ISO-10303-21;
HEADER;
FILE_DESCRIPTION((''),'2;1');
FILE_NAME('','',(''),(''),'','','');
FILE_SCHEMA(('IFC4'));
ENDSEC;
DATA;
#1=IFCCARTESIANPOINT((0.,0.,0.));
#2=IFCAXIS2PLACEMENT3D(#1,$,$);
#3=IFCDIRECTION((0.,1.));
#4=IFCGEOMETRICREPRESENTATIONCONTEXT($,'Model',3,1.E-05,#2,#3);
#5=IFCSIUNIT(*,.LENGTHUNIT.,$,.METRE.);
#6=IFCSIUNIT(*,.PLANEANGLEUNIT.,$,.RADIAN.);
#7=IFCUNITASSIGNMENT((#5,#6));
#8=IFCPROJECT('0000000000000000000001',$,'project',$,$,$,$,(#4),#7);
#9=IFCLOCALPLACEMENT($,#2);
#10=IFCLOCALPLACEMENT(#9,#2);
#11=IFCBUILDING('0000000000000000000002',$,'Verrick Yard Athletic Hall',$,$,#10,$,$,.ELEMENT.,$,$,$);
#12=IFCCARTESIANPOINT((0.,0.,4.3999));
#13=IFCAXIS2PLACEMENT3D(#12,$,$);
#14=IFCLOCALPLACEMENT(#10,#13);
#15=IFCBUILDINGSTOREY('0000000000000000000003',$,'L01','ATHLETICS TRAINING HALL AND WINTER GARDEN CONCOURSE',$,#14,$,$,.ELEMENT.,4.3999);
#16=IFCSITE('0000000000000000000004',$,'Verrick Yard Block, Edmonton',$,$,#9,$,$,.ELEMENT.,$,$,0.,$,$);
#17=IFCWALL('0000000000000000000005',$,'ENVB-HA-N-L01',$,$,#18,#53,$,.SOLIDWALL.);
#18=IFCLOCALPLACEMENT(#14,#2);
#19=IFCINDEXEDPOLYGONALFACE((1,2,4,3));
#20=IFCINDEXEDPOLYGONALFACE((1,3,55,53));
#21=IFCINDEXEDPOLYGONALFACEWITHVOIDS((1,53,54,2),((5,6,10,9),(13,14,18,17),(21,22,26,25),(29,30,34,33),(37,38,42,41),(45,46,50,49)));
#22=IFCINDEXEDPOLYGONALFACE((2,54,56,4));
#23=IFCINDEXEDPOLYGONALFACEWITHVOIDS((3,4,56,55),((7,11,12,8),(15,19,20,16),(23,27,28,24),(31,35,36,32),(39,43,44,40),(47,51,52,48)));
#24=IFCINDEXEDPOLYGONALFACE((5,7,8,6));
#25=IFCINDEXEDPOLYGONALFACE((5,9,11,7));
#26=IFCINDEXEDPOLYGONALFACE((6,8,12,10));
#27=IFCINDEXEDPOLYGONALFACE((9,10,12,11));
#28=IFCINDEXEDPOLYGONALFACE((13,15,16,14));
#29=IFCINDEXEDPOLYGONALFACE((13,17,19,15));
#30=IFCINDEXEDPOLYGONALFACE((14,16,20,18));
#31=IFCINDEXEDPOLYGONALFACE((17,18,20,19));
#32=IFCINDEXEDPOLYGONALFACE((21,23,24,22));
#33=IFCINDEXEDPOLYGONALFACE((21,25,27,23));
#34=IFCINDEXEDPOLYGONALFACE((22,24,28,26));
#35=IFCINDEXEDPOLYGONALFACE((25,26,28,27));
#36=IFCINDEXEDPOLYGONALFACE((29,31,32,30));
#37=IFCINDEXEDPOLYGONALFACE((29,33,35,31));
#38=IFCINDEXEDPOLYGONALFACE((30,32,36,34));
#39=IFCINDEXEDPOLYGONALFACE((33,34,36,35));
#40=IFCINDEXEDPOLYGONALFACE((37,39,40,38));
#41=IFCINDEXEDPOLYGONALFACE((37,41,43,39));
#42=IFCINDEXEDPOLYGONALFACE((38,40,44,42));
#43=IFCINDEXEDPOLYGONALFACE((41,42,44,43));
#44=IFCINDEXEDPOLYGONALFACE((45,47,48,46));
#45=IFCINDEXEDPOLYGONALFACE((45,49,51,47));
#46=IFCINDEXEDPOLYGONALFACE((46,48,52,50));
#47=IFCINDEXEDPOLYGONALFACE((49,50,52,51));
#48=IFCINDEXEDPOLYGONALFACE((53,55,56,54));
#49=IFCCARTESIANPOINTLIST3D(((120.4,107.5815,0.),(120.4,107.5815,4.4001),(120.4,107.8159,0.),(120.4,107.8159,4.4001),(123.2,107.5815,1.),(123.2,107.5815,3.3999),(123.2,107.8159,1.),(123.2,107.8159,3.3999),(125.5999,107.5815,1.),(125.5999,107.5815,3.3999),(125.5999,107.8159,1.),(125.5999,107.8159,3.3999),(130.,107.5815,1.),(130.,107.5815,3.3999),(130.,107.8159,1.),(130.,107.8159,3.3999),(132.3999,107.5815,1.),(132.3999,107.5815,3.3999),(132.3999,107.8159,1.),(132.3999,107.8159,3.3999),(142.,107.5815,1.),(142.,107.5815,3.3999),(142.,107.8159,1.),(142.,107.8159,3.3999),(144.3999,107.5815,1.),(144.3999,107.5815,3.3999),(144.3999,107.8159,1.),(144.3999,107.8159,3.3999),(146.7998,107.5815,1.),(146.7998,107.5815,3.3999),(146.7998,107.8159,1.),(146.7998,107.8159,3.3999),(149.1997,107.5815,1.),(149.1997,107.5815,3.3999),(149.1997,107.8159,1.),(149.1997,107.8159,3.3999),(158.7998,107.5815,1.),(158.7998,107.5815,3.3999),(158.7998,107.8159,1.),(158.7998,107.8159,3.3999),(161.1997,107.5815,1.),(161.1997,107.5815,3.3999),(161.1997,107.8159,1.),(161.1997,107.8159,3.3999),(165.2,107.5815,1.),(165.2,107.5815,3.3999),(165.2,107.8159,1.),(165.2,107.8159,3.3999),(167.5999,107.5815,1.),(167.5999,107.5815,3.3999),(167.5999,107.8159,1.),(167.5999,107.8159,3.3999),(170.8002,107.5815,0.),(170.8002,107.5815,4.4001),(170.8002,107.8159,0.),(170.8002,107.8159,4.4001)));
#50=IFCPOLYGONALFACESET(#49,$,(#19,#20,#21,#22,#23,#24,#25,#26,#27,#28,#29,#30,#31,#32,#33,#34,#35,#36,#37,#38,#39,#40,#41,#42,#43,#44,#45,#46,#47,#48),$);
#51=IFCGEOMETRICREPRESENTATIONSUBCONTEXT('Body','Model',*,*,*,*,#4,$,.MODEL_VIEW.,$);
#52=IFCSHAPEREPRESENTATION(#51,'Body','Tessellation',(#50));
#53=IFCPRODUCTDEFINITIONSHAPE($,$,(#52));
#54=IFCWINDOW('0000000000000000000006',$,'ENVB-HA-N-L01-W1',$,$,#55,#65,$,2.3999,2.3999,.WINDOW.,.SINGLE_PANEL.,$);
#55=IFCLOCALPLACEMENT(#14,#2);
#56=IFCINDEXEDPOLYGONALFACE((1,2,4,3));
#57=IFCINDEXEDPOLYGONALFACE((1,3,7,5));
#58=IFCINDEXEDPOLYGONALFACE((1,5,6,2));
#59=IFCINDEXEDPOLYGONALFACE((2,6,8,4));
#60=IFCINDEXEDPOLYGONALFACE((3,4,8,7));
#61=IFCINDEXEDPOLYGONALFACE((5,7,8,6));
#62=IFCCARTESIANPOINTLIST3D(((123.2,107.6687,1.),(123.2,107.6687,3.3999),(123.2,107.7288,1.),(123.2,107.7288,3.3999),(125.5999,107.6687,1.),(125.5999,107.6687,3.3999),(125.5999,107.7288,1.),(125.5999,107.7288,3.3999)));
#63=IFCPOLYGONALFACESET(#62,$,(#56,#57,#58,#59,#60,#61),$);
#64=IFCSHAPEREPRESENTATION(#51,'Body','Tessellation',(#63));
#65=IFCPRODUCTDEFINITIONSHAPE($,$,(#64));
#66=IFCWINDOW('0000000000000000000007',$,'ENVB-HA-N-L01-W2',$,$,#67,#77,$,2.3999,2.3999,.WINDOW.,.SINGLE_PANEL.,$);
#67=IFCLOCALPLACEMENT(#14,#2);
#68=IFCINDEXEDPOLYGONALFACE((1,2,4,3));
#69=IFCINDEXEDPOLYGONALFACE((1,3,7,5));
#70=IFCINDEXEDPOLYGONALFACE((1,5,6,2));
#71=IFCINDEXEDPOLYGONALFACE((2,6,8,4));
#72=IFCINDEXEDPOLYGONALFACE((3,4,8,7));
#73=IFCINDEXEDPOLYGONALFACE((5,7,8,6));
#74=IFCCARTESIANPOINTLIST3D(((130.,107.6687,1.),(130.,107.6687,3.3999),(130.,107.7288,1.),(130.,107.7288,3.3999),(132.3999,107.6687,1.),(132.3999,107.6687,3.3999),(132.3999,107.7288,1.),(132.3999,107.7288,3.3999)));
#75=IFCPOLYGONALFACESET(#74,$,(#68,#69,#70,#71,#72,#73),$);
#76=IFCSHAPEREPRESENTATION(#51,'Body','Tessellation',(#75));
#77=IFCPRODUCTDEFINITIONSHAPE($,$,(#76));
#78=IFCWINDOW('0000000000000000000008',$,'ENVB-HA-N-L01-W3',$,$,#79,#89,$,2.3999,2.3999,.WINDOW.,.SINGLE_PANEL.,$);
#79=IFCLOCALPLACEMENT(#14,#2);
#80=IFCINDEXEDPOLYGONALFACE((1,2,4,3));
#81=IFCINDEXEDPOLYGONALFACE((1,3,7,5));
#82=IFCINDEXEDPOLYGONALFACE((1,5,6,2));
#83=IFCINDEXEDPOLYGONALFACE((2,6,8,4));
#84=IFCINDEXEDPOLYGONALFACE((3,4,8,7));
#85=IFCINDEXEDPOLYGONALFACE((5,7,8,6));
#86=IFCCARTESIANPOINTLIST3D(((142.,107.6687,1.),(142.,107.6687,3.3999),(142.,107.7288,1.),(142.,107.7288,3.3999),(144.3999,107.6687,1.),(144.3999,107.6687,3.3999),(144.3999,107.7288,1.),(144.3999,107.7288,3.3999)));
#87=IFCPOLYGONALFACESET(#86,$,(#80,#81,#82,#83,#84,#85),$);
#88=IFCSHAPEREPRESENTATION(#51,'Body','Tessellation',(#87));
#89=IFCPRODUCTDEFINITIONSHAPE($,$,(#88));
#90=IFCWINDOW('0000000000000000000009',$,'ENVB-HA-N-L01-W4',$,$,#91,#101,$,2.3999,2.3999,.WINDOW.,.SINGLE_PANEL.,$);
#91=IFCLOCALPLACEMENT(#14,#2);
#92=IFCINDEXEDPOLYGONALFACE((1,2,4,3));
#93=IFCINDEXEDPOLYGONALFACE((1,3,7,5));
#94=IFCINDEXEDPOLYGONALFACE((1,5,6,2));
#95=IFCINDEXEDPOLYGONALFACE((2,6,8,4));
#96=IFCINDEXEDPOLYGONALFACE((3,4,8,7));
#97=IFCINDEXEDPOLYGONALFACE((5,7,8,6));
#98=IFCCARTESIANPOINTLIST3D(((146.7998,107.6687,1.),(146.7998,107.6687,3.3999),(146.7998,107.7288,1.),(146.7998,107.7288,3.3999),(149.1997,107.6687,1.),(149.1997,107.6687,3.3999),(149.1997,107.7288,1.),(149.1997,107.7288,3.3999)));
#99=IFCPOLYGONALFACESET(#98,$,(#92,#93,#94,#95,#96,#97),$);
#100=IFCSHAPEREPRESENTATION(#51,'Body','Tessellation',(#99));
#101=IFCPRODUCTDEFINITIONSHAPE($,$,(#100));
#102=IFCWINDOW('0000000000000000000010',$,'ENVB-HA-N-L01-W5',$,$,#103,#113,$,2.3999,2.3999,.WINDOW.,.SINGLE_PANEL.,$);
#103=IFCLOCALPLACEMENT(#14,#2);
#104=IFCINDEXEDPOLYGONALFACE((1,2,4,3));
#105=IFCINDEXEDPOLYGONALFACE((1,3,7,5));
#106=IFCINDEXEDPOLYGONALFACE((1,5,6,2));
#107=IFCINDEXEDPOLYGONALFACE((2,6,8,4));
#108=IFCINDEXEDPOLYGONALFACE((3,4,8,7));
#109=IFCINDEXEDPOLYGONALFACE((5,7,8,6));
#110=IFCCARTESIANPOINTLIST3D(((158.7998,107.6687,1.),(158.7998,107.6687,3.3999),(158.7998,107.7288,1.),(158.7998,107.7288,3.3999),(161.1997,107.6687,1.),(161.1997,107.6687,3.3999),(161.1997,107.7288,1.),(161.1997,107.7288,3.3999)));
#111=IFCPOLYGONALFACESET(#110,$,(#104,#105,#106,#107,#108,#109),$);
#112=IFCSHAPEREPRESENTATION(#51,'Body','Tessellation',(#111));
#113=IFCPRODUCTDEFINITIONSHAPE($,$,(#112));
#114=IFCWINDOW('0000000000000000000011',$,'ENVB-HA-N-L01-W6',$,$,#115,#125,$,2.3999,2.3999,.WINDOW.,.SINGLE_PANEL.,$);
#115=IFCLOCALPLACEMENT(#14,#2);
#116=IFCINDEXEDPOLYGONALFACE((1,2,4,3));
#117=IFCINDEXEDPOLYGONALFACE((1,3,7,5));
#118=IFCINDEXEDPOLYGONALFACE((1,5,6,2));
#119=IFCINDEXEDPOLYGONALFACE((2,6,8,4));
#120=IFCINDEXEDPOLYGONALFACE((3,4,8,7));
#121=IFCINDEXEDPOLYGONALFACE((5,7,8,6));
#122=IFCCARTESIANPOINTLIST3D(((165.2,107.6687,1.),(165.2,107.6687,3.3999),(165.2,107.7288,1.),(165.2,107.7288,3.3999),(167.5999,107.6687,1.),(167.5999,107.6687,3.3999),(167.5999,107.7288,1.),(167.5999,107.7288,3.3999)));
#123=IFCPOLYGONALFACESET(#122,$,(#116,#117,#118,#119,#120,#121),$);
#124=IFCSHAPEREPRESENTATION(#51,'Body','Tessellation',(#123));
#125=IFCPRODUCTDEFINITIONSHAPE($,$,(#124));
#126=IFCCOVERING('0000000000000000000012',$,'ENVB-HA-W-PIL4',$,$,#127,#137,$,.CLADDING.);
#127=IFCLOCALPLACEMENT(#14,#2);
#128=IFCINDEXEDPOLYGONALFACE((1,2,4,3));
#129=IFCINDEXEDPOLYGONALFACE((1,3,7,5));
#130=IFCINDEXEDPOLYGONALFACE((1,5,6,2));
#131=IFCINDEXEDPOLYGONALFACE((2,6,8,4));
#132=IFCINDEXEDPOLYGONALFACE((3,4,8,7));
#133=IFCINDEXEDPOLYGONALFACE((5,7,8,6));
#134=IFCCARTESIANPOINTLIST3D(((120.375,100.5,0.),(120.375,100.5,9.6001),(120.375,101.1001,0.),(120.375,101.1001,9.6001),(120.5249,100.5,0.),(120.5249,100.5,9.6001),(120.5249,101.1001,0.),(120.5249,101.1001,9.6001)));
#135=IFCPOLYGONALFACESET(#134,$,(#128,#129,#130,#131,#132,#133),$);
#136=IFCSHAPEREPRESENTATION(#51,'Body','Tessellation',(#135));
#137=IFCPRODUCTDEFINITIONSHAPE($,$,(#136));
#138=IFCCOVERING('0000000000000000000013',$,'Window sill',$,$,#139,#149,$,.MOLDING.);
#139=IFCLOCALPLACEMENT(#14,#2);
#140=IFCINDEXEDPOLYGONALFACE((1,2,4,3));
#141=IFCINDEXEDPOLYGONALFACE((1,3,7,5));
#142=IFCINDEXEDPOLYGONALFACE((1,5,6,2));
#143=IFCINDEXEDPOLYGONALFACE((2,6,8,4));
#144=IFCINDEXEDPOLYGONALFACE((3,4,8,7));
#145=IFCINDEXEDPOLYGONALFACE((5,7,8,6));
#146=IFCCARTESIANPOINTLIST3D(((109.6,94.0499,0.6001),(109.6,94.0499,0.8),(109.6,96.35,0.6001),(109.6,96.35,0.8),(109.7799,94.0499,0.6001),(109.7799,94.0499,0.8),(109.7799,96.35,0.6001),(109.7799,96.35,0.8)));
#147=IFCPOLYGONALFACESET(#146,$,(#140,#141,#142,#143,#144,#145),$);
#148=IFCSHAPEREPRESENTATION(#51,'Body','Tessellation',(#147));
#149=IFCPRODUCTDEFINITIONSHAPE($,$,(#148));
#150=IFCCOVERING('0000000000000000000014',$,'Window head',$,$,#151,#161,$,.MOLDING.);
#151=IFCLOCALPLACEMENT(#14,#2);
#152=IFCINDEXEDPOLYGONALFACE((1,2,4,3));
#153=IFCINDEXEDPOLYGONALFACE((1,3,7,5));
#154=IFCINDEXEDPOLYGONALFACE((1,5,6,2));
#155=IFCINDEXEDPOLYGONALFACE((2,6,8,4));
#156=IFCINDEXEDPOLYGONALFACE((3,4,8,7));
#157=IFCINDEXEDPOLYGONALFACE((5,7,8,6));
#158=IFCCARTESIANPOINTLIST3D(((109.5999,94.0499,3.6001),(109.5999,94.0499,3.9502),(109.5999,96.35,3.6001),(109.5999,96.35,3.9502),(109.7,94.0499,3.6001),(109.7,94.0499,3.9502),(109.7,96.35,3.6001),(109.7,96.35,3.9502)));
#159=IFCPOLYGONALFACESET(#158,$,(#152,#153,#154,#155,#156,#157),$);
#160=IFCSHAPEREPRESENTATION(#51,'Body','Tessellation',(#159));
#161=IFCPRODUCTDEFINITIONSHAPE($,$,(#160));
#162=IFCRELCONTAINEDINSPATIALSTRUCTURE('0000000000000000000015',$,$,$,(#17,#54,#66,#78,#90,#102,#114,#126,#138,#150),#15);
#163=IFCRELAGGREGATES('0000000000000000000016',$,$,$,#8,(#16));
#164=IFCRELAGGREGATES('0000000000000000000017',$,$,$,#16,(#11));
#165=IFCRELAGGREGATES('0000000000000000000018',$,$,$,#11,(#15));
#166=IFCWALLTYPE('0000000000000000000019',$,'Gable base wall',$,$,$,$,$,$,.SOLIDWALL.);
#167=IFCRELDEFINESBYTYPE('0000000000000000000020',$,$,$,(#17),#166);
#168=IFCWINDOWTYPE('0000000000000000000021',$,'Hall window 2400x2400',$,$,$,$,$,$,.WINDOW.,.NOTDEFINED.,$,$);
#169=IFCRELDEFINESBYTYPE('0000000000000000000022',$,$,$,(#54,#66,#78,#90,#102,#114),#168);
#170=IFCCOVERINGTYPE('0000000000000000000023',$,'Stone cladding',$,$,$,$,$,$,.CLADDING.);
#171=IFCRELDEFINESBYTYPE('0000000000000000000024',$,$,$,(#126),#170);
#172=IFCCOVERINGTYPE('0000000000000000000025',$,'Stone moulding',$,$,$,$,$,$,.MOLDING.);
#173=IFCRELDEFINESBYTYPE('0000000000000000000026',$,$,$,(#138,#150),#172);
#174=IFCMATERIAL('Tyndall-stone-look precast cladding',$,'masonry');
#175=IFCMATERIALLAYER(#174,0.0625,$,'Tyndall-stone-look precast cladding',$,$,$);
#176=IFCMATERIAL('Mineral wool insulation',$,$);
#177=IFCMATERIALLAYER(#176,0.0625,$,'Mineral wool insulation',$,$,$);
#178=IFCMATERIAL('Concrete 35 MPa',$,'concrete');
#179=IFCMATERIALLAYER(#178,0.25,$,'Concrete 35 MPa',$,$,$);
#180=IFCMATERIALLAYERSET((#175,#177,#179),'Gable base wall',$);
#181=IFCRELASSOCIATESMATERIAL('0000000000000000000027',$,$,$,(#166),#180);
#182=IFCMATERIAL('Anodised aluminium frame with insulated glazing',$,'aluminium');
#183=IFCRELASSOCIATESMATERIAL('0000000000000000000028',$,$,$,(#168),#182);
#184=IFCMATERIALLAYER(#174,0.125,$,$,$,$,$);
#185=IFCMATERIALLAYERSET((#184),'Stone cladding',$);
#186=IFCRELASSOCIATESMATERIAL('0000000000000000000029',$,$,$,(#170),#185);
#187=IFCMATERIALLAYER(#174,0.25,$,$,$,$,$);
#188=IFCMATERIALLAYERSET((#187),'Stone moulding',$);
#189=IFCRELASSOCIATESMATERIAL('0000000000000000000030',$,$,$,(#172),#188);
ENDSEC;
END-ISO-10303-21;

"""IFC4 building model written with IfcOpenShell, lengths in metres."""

from ifc_helpers import new_model, si_unit, direction, frame, frame_2d, origin, origin_2d, place, context, subcontext, project, spatial, rectangle, extrude, material, layer, layer_set, type_object, element, fill, save


model = new_model("IFC4")

# Units and contexts
model_context = context("Model", 3, precision=1e-05, world=origin(), true_north=direction((0.0, 1.0)))
body_context = subcontext(model_context, "Body", "Model", "MODEL_VIEW")
ifc_project = project(units=[si_unit("LENGTHUNIT", "METRE"), si_unit("PLANEANGLEUNIT", "RADIAN")], contexts=[model_context])

# Site, building, storey
site_placement = place(None, origin())
site = spatial("IfcSite", under=ifc_project, at=site_placement, Name="Verrick Yard Block, Edmonton", CompositionType="ELEMENT", RefElevation=0.0)
building_placement = place(site_placement, origin())
building = spatial("IfcBuilding", under=site, at=building_placement, Name="Verrick Yard Athletic Hall", CompositionType="ELEMENT")
storey_placement = place(building_placement, frame((0.0, 0.0, 4.3999)))
storey = spatial("IfcBuildingStorey", under=building, at=storey_placement, Name="L01", Description="ATHLETICS TRAINING HALL AND WINTER GARDEN CONCOURSE", CompositionType="ELEMENT", Elevation=4.3999)

# Wall, openings, windows
ifc_material_1 = material(Name="Tyndall-stone-look precast cladding", Category="masonry")
ifc_layer_1 = layer(ifc_material_1, 0.0625, Name="Tyndall-stone-look precast cladding")
ifc_material_2 = material(Name="Mineral wool insulation")
ifc_layer_2 = layer(ifc_material_2, 0.0625, Name="Mineral wool insulation")
ifc_material_3 = material(Name="Concrete 35 MPa", Category="concrete")
ifc_layer_3 = layer(ifc_material_3, 0.25, Name="Concrete 35 MPa")
ifc_layer_set_1 = layer_set([ifc_layer_1, ifc_layer_2, ifc_layer_3], Name="Gable base wall")
wall_type = type_object("IfcWallType", Name="Gable base wall", PredefinedType="SOLIDWALL", material=ifc_layer_set_1)
wall_placement = place(storey_placement, frame((120.3999, 107.6987, 0.0), z_axis=(0.0, 0.0, 1.0), x_axis=(1.0, 0.0, 0.0)))
wall = element("IfcWall", 1, at=wall_placement, inside=storey, type_object=wall_type, Name="ENVB-HA-N-L01", PredefinedType="SOLIDWALL", context=body_context, shape_type="SweptSolid", body=[
    extrude(rectangle(XDim=50.4001, YDim=0.2344, at=frame_2d((25.2002, 0.0))), origin(), (0.0, 0.0, 1.0), 4.4001),
])
opening_1_placement = place(wall_placement, frame((2.8, 0.0, 1.0)))
opening_1 = element("IfcOpeningElement", 2, at=opening_1_placement, cuts=wall, PredefinedType="OPENING", context=body_context, shape_type="SweptSolid", body=[
    extrude(rectangle(XDim=2.3999, YDim=2.3999, at=frame_2d((1.2, 1.2))), frame((0.0, 0.1272, 0.0), z_axis=(0.0, -1.0, 0.0), x_axis=(1.0, 0.0, 0.0)), (0.0, 0.0, 1.0), 0.2544),
])
opening_2_placement = place(wall_placement, frame((9.6001, 0.0, 1.0)))
opening_2 = element("IfcOpeningElement", 3, at=opening_2_placement, cuts=wall, PredefinedType="OPENING", context=body_context, shape_type="SweptSolid", body=[
    extrude(rectangle(XDim=2.3999, YDim=2.3999, at=frame_2d((1.2, 1.2))), frame((0.0, 0.1272, 0.0), z_axis=(0.0, -1.0, 0.0), x_axis=(1.0, 0.0, 0.0)), (0.0, 0.0, 1.0), 0.2544),
])
opening_3_placement = place(wall_placement, frame((21.6001, 0.0, 1.0)))
opening_3 = element("IfcOpeningElement", 4, at=opening_3_placement, cuts=wall, PredefinedType="OPENING", context=body_context, shape_type="SweptSolid", body=[
    extrude(rectangle(XDim=2.3999, YDim=2.3999, at=frame_2d((1.2, 1.2))), frame((0.0, 0.1272, 0.0), z_axis=(0.0, -1.0, 0.0), x_axis=(1.0, 0.0, 0.0)), (0.0, 0.0, 1.0), 0.2544),
])
opening_4_placement = place(wall_placement, frame((26.3999, 0.0, 1.0)))
opening_4 = element("IfcOpeningElement", 5, at=opening_4_placement, cuts=wall, PredefinedType="OPENING", context=body_context, shape_type="SweptSolid", body=[
    extrude(rectangle(XDim=2.3999, YDim=2.3999, at=frame_2d((1.2, 1.2))), frame((0.0, 0.1272, 0.0), z_axis=(0.0, -1.0, 0.0), x_axis=(1.0, 0.0, 0.0)), (0.0, 0.0, 1.0), 0.2544),
])
opening_5_placement = place(wall_placement, frame((38.3999, 0.0, 1.0)))
opening_5 = element("IfcOpeningElement", 6, at=opening_5_placement, cuts=wall, PredefinedType="OPENING", context=body_context, shape_type="SweptSolid", body=[
    extrude(rectangle(XDim=2.3999, YDim=2.3999, at=frame_2d((1.2, 1.2))), frame((0.0, 0.1272, 0.0), z_axis=(0.0, -1.0, 0.0), x_axis=(1.0, 0.0, 0.0)), (0.0, 0.0, 1.0), 0.2544),
])
opening_6_placement = place(wall_placement, frame((44.8, 0.0, 1.0)))
opening_6 = element("IfcOpeningElement", 7, at=opening_6_placement, cuts=wall, PredefinedType="OPENING", context=body_context, shape_type="SweptSolid", body=[
    extrude(rectangle(XDim=2.3999, YDim=2.3999, at=frame_2d((1.2, 1.2))), frame((0.0, 0.1272, 0.0), z_axis=(0.0, -1.0, 0.0), x_axis=(1.0, 0.0, 0.0)), (0.0, 0.0, 1.0), 0.2544),
])
ifc_material_4 = material(Name="Anodised aluminium frame with insulated glazing", Category="aluminium")
window_type = type_object("IfcWindowType", Name="Hall window 2400x2400", PartitioningType="NOTDEFINED", PredefinedType="WINDOW", material=ifc_material_4)
window_1_placement = place(opening_1_placement, origin())
window_1 = element("IfcWindow", 8, at=window_1_placement, inside=storey, type_object=window_type, Name="ENVB-HA-N-L01-W1", OverallHeight=2.3999, OverallWidth=2.3999, PartitioningType="SINGLE_PANEL", PredefinedType="WINDOW", context=body_context, shape_type="SweptSolid", body=[
    extrude(rectangle(XDim=2.3999, YDim=2.3999, at=frame_2d((1.2, 1.2))), frame((0.0, 0.03, 0.0), z_axis=(0.0, -1.0, 0.0), x_axis=(1.0, 0.0, 0.0)), (0.0, 0.0, 1.0), 0.0601),
])
fill(opening_1, window_1)
window_2_placement = place(opening_2_placement, origin())
window_2 = element("IfcWindow", 9, at=window_2_placement, inside=storey, type_object=window_type, Name="ENVB-HA-N-L01-W2", OverallHeight=2.3999, OverallWidth=2.3999, PartitioningType="SINGLE_PANEL", PredefinedType="WINDOW", context=body_context, shape_type="SweptSolid", body=[
    extrude(rectangle(XDim=2.3999, YDim=2.3999, at=frame_2d((1.2, 1.2))), frame((0.0, 0.03, 0.0), z_axis=(0.0, -1.0, 0.0), x_axis=(1.0, 0.0, 0.0)), (0.0, 0.0, 1.0), 0.0601),
])
fill(opening_2, window_2)
window_3_placement = place(opening_3_placement, origin())
window_3 = element("IfcWindow", 10, at=window_3_placement, inside=storey, type_object=window_type, Name="ENVB-HA-N-L01-W3", OverallHeight=2.3999, OverallWidth=2.3999, PartitioningType="SINGLE_PANEL", PredefinedType="WINDOW", context=body_context, shape_type="SweptSolid", body=[
    extrude(rectangle(XDim=2.3999, YDim=2.3999, at=frame_2d((1.2, 1.2))), frame((0.0, 0.03, 0.0), z_axis=(0.0, -1.0, 0.0), x_axis=(1.0, 0.0, 0.0)), (0.0, 0.0, 1.0), 0.0601),
])
fill(opening_3, window_3)
window_4_placement = place(opening_4_placement, origin())
window_4 = element("IfcWindow", 11, at=window_4_placement, inside=storey, type_object=window_type, Name="ENVB-HA-N-L01-W4", OverallHeight=2.3999, OverallWidth=2.3999, PartitioningType="SINGLE_PANEL", PredefinedType="WINDOW", context=body_context, shape_type="SweptSolid", body=[
    extrude(rectangle(XDim=2.3999, YDim=2.3999, at=frame_2d((1.2, 1.2))), frame((0.0, 0.03, 0.0), z_axis=(0.0, -1.0, 0.0), x_axis=(1.0, 0.0, 0.0)), (0.0, 0.0, 1.0), 0.0601),
])
fill(opening_4, window_4)
window_5_placement = place(opening_5_placement, origin())
window_5 = element("IfcWindow", 12, at=window_5_placement, inside=storey, type_object=window_type, Name="ENVB-HA-N-L01-W5", OverallHeight=2.3999, OverallWidth=2.3999, PartitioningType="SINGLE_PANEL", PredefinedType="WINDOW", context=body_context, shape_type="SweptSolid", body=[
    extrude(rectangle(XDim=2.3999, YDim=2.3999, at=frame_2d((1.2, 1.2))), frame((0.0, 0.03, 0.0), z_axis=(0.0, -1.0, 0.0), x_axis=(1.0, 0.0, 0.0)), (0.0, 0.0, 1.0), 0.0601),
])
fill(opening_5, window_5)
window_6_placement = place(opening_6_placement, origin())
window_6 = element("IfcWindow", 13, at=window_6_placement, inside=storey, type_object=window_type, Name="ENVB-HA-N-L01-W6", OverallHeight=2.3999, OverallWidth=2.3999, PartitioningType="SINGLE_PANEL", PredefinedType="WINDOW", context=body_context, shape_type="SweptSolid", body=[
    extrude(rectangle(XDim=2.3999, YDim=2.3999, at=frame_2d((1.2, 1.2))), frame((0.0, 0.03, 0.0), z_axis=(0.0, -1.0, 0.0), x_axis=(1.0, 0.0, 0.0)), (0.0, 0.0, 1.0), 0.0601),
])
fill(opening_6, window_6)

# Coverings
ifc_layer_4 = layer(ifc_material_1, 0.125)
ifc_layer_set_2 = layer_set([ifc_layer_4], Name="Stone cladding")
covering_type_1 = type_object("IfcCoveringType", Name="Stone cladding", PredefinedType="CLADDING", material=ifc_layer_set_2)
covering_1_placement = place(storey_placement, frame((120.45, 100.8, 0.0), z_axis=(0.0, 0.0, 1.0), x_axis=(1.0, 0.0, 0.0)))
element("IfcCovering", 14, at=covering_1_placement, inside=storey, type_object=covering_type_1, Name="ENVB-HA-W-PIL4", PredefinedType="CLADDING", context=body_context, shape_type="SweptSolid", body=[
    extrude(rectangle(XDim=0.1499, YDim=0.6001, at=origin_2d()), origin(), (0.0, 0.0, 1.0), 9.6001),
])
ifc_layer_5 = layer(ifc_material_1, 0.25)
ifc_layer_set_3 = layer_set([ifc_layer_5], Name="Stone moulding")
covering_type_2 = type_object("IfcCoveringType", Name="Stone moulding", PredefinedType="MOLDING", material=ifc_layer_set_3)
covering_2_placement = place(storey_placement, frame((109.6899, 95.2, 0.6001), z_axis=(0.0, 0.0, 1.0), x_axis=(0.0, 1.0, 0.0)))
element("IfcCovering", 15, at=covering_2_placement, inside=storey, type_object=covering_type_2, Name="Window sill", PredefinedType="MOLDING", context=body_context, shape_type="SweptSolid", body=[
    extrude(rectangle(XDim=2.3, YDim=0.1799, at=origin_2d()), origin(), (0.0, 0.0, 1.0), 0.2),
])
covering_3_placement = place(storey_placement, frame((109.6499, 95.2, 3.6001), z_axis=(0.0, 0.0, 1.0), x_axis=(0.0, 1.0, 0.0)))
element("IfcCovering", 16, at=covering_3_placement, inside=storey, type_object=covering_type_2, Name="Window head", PredefinedType="MOLDING", context=body_context, shape_type="SweptSolid", body=[
    extrude(rectangle(XDim=2.3, YDim=0.1001, at=origin_2d()), origin(), (0.0, 0.0, 1.0), 0.3501),
])

save(model, "model.ifc")
